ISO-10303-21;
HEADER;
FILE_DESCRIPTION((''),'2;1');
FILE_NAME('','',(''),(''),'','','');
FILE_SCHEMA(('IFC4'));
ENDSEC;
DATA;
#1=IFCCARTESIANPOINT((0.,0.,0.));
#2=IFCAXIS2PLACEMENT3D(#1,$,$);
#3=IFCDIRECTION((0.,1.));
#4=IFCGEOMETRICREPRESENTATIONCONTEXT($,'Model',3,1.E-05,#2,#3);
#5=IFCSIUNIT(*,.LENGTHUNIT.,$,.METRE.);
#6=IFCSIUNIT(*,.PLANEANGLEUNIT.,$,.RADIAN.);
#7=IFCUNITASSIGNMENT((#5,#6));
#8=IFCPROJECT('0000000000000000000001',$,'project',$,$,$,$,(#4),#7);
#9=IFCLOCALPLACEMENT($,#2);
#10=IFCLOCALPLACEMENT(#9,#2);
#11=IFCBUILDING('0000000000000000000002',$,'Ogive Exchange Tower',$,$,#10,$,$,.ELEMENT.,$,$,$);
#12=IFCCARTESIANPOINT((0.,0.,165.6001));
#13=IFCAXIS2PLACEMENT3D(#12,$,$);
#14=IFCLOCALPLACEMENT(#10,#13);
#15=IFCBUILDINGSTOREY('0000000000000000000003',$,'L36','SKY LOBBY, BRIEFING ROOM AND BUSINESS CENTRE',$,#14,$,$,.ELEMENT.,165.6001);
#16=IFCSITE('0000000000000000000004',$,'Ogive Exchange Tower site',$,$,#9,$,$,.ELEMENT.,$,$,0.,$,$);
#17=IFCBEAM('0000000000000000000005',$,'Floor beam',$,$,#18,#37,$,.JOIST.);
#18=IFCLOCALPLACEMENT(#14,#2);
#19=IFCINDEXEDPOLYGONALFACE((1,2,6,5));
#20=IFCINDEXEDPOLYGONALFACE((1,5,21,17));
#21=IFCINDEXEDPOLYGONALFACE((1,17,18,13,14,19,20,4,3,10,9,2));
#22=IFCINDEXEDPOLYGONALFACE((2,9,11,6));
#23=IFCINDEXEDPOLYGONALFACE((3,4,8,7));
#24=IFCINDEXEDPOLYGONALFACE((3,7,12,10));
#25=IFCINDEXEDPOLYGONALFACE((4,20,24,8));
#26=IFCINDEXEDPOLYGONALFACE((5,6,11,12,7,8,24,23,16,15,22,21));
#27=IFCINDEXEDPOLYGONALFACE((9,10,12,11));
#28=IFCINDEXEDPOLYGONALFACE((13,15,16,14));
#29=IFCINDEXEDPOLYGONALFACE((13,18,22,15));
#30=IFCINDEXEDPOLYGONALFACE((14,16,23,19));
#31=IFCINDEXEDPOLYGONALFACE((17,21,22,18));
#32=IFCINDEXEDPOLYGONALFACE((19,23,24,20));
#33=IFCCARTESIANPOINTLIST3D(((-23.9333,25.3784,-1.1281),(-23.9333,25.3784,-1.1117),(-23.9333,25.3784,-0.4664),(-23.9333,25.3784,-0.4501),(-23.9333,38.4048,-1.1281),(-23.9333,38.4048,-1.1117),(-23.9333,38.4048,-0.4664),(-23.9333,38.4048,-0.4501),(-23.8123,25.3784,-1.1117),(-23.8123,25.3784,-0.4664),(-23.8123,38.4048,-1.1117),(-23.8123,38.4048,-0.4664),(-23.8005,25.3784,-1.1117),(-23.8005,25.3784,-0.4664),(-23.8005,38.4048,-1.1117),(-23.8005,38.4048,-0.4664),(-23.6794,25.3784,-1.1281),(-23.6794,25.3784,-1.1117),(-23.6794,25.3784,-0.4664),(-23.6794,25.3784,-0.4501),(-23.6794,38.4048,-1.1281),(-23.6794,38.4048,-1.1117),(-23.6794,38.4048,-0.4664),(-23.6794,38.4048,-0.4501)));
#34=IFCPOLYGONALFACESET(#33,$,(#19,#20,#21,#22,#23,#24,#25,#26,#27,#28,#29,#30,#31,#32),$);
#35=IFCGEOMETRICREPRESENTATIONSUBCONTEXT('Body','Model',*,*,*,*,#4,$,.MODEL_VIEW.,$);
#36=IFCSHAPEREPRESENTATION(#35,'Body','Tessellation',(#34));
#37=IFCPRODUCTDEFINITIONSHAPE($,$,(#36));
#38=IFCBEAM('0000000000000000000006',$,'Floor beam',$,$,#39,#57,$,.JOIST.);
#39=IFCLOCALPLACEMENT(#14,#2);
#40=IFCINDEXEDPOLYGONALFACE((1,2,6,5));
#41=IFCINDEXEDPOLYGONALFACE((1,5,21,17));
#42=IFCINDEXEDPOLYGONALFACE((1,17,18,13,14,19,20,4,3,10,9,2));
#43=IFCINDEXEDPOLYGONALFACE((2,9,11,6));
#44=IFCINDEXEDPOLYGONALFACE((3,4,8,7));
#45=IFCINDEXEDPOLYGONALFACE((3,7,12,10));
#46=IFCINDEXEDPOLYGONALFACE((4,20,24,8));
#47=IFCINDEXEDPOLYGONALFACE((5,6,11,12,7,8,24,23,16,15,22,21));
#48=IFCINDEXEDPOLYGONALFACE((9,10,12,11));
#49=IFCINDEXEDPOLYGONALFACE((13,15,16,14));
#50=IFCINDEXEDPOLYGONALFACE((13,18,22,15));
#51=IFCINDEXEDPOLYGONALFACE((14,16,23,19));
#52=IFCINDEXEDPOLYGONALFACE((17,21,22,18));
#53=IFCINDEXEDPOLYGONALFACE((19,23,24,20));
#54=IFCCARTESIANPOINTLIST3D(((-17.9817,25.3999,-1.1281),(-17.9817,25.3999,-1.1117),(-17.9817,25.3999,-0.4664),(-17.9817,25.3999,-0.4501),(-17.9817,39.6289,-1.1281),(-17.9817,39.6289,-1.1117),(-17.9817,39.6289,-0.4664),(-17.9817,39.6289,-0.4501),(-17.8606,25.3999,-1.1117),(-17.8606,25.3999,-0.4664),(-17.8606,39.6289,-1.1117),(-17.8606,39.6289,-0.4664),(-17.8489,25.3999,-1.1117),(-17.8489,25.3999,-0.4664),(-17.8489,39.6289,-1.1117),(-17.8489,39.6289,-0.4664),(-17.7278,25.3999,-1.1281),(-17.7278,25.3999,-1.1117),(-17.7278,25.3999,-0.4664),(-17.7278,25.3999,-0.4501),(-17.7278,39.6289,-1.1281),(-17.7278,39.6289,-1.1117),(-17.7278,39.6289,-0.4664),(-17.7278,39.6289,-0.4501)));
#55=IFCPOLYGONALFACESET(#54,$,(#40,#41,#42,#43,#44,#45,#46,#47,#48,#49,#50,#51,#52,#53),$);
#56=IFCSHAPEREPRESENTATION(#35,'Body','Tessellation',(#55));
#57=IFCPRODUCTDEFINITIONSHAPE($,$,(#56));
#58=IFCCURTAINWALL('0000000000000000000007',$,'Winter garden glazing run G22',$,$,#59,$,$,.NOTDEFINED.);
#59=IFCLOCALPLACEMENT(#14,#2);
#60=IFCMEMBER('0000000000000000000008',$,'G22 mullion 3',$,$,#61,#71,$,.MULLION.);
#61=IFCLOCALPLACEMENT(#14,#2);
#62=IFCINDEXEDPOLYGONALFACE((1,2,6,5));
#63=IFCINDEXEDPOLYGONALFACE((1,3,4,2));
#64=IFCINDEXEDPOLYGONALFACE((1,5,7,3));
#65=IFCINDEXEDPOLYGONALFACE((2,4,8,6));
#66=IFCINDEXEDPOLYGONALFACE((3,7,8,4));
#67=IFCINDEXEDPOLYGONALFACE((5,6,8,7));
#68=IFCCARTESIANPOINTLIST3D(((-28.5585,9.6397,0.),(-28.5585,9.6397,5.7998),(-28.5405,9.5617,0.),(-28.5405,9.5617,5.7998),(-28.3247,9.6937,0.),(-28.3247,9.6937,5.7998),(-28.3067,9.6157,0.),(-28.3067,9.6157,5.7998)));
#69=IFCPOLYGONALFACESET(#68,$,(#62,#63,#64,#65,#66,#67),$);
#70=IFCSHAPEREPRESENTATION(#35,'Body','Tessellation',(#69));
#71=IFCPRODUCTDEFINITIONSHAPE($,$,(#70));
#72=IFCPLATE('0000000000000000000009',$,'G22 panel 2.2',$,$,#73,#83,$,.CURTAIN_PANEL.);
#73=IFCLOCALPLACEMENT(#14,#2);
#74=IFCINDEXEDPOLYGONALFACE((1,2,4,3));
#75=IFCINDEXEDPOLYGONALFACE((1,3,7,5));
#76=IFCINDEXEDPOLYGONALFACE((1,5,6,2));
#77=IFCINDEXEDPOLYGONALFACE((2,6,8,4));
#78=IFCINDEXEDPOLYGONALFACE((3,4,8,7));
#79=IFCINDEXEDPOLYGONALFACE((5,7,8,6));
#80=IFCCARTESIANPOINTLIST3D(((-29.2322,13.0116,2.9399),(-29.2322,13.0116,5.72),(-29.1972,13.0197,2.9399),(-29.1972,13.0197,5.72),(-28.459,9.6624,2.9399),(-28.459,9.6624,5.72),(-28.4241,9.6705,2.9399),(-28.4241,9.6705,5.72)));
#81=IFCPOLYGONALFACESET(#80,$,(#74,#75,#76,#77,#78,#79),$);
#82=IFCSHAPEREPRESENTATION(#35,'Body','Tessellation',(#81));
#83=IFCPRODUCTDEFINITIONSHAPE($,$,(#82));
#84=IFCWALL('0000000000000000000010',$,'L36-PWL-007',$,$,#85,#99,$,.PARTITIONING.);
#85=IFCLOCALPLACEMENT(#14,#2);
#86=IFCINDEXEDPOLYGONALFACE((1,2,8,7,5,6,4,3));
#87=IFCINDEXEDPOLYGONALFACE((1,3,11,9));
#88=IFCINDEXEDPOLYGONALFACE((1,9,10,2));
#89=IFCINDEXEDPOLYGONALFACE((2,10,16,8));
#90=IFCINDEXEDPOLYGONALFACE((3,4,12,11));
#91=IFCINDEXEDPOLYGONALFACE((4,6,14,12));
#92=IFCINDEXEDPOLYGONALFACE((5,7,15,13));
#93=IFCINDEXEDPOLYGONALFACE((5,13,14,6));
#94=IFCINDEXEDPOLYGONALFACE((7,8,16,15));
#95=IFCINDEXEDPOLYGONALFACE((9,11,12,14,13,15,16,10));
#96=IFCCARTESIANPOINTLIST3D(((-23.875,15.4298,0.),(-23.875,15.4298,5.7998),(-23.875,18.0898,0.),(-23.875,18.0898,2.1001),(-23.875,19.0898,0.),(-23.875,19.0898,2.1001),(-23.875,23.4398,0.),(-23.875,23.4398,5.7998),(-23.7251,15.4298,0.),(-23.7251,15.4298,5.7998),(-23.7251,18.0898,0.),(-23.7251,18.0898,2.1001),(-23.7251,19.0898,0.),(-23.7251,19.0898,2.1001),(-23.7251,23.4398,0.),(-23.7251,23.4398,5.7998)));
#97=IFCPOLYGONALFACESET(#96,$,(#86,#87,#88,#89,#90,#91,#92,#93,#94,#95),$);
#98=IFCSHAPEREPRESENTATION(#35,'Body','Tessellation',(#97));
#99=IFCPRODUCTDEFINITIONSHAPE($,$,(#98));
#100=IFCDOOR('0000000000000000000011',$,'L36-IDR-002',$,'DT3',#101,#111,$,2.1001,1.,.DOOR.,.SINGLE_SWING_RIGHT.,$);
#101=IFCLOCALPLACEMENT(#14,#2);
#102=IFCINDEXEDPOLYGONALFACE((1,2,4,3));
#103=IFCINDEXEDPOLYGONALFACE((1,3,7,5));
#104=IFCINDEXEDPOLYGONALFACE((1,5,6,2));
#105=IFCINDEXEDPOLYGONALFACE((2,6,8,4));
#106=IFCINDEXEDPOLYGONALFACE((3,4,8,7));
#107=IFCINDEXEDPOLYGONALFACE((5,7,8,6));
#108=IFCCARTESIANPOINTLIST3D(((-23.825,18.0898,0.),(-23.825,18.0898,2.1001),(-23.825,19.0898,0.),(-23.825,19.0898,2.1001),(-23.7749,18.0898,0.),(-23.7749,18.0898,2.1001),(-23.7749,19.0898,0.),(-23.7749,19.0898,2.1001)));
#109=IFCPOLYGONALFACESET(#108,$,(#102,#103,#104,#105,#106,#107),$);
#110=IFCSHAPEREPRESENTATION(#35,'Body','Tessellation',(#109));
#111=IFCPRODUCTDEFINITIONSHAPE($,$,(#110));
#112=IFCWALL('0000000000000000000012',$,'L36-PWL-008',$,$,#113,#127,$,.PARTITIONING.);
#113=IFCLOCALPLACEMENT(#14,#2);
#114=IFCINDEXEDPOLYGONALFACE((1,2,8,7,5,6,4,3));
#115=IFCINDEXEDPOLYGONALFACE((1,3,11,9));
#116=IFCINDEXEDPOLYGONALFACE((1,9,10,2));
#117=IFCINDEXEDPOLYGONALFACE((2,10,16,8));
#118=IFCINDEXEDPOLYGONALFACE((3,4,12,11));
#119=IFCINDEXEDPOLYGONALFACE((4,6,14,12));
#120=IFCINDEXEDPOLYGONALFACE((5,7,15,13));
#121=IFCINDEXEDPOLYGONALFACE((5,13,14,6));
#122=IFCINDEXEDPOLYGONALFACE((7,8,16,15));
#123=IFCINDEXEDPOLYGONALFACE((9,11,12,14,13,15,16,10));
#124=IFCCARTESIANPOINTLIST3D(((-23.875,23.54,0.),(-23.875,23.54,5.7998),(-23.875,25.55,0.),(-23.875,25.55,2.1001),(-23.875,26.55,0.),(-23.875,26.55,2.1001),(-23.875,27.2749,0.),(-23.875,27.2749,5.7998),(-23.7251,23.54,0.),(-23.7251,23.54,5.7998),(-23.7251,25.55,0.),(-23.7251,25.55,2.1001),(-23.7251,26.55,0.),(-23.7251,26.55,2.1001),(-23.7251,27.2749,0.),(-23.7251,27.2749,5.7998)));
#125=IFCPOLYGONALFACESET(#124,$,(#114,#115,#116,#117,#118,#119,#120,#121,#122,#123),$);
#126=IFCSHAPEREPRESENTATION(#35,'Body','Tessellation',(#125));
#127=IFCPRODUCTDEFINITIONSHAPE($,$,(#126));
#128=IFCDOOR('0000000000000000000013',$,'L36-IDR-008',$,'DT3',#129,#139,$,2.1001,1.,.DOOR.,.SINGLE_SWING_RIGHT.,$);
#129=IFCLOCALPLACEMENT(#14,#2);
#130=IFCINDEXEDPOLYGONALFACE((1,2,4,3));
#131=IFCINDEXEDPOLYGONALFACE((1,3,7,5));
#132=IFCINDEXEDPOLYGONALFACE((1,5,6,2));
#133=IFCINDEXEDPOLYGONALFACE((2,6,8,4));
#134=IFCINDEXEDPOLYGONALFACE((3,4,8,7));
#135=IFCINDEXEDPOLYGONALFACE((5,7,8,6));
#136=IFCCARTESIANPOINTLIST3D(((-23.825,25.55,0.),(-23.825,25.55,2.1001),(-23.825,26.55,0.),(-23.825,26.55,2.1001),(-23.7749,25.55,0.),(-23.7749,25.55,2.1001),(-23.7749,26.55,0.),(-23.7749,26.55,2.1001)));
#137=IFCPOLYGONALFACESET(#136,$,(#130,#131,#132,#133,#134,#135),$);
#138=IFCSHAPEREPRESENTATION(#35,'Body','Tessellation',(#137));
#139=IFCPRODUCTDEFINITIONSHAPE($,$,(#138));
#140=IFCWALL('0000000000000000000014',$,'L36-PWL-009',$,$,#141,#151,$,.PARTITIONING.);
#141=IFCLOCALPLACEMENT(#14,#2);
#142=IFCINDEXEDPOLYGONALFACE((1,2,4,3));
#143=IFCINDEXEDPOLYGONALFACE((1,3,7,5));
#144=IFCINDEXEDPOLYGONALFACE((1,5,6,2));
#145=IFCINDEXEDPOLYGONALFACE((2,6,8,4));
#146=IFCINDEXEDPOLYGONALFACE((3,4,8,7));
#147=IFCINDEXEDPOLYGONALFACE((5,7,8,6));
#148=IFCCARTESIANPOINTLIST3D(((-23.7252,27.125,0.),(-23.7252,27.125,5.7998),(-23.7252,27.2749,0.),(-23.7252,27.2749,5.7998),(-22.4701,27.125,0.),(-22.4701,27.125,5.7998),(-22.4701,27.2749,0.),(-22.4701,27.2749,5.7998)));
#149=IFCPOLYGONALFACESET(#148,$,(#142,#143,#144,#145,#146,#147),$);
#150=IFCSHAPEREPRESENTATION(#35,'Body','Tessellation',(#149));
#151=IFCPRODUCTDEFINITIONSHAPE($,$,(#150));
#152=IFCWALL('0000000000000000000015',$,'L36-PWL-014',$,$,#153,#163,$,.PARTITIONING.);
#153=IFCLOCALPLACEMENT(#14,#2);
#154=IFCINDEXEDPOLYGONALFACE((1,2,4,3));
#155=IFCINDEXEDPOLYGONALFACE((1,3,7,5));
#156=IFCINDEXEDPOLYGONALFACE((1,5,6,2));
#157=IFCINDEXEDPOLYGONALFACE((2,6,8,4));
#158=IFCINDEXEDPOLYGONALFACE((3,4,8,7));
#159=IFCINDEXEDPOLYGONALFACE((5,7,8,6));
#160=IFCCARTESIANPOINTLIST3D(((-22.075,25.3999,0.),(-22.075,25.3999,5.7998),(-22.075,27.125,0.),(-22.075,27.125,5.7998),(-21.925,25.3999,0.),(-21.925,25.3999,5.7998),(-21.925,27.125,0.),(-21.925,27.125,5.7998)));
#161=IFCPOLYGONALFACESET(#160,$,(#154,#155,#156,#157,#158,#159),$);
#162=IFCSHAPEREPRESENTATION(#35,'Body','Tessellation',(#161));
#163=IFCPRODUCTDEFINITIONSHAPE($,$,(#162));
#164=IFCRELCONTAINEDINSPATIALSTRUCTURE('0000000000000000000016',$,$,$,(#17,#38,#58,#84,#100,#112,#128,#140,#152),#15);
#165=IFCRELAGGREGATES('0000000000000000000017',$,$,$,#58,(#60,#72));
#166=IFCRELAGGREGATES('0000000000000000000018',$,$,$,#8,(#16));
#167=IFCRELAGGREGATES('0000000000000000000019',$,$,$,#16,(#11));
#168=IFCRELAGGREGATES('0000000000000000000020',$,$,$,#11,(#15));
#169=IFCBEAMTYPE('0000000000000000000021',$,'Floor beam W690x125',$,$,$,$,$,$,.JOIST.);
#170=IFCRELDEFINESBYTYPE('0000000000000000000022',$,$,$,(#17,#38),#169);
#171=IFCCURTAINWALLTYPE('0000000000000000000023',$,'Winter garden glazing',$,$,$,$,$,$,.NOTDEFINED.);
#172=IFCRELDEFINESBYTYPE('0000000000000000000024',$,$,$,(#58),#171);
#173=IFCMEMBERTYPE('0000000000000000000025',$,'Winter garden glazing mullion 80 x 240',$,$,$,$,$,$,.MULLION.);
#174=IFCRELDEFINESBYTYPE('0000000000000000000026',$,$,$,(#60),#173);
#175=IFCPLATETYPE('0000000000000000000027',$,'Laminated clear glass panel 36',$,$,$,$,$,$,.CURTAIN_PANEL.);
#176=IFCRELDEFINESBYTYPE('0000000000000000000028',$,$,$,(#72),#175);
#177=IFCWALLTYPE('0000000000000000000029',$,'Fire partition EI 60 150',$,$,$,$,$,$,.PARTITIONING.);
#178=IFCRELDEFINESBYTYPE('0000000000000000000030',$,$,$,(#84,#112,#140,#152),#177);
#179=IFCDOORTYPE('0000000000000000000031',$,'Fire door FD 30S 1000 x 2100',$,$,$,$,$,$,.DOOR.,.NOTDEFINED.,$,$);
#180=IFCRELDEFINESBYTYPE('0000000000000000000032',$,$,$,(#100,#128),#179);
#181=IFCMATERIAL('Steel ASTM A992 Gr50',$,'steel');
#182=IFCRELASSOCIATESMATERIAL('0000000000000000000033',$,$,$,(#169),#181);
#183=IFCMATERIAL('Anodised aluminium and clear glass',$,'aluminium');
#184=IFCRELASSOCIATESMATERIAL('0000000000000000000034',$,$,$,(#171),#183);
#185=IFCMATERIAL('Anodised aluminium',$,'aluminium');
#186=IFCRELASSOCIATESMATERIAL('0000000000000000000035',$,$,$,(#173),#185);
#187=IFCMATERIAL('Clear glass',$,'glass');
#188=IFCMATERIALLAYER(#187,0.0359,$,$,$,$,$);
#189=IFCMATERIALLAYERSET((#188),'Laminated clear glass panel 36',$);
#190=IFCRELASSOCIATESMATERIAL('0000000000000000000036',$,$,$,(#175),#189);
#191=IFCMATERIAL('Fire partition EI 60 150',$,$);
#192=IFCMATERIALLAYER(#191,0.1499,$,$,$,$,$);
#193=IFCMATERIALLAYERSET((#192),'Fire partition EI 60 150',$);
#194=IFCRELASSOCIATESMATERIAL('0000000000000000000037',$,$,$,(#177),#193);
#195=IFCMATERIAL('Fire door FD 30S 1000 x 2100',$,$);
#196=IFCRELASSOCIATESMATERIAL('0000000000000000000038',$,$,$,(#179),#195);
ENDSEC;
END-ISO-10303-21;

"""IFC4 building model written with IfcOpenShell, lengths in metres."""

from ifc_helpers import new_model, si_unit, direction, frame, frame_2d, origin, origin_2d, place, context, subcontext, project, spatial, rectangle, i_section, extrude, material, layer, layer_set, material_profile, profile_set, type_object, element, fill, aggregate, save


model = new_model("IFC4")

# Units and contexts
model_context = context("Model", 3, precision=1e-05, world=origin(), true_north=direction((0.0, 1.0)))
body_context = subcontext(model_context, "Body", "Model", "MODEL_VIEW")
ifc_project = project(units=[si_unit("LENGTHUNIT", "METRE"), si_unit("PLANEANGLEUNIT", "RADIAN")], contexts=[model_context])

# Site, building, storey
site_placement = place(None, origin())
site = spatial("IfcSite", under=ifc_project, at=site_placement, Name="Ogive Exchange Tower site", CompositionType="ELEMENT", RefElevation=0.0)
building_placement = place(site_placement, origin())
building = spatial("IfcBuilding", under=site, at=building_placement, Name="Ogive Exchange Tower", CompositionType="ELEMENT")
storey_placement = place(building_placement, frame((0.0, 0.0, 165.6001)))
storey = spatial("IfcBuildingStorey", under=building, at=storey_placement, Name="L36", Description="SKY LOBBY, BRIEFING ROOM AND BUSINESS CENTRE", CompositionType="ELEMENT", Elevation=165.6001)

# Beams
ifc_material_1 = material(Name="Steel ASTM A992 Gr50", Category="steel")
ifc_material_profile_1 = material_profile(ifc_material_1, i_section(OverallWidth=0.2539, OverallDepth=0.678, WebThickness=0.0117, FlangeThickness=0.0164, at=origin_2d()), Name="W690x125")
ifc_profile_set_1 = profile_set([ifc_material_profile_1], Name="Steel ASTM A992 Gr50")
beam_type = type_object("IfcBeamType", Name="Floor beam W690x125", PredefinedType="JOIST", material=ifc_profile_set_1)
beam_1_placement = place(storey_placement, frame((-23.8064, 25.3784, -0.7891), z_axis=(0.0, 1.0, 0.0), x_axis=(-1.0, 0.0, 0.0)))
element("IfcBeam", 1, at=beam_1_placement, inside=storey, type_object=beam_type, Name="Floor beam", PredefinedType="JOIST", context=body_context, shape_type="SweptSolid", body=[
    extrude(i_section(OverallWidth=0.2539, OverallDepth=0.678, WebThickness=0.0117, FlangeThickness=0.0164, at=origin_2d()), origin(), (0.0, 0.0, 1.0), 13.0264),
])
beam_2_placement = place(storey_placement, frame((-17.8547, 25.3999, -0.7891), z_axis=(0.0, 1.0, 0.0), x_axis=(-1.0, 0.0, 0.0)))
element("IfcBeam", 2, at=beam_2_placement, inside=storey, type_object=beam_type, Name="Floor beam", PredefinedType="JOIST", context=body_context, shape_type="SweptSolid", body=[
    extrude(i_section(OverallWidth=0.2539, OverallDepth=0.678, WebThickness=0.0117, FlangeThickness=0.0164, at=origin_2d()), origin(), (0.0, 0.0, 1.0), 14.229),
])

# Curtain wall, member, plate
ifc_material_2 = material(Name="Anodised aluminium and clear glass", Category="aluminium")
curtain_wall_type = type_object("IfcCurtainWallType", Name="Winter garden glazing", PredefinedType="NOTDEFINED", material=ifc_material_2)
curtain_wall_placement = place(storey_placement, origin())
curtain_wall = element("IfcCurtainWall", 3, at=curtain_wall_placement, inside=storey, type_object=curtain_wall_type, Name="Winter garden glazing run G22", PredefinedType="NOTDEFINED")
ifc_material_3 = material(Name="Anodised aluminium", Category="aluminium")
ifc_material_profile_2 = material_profile(ifc_material_3, rectangle(XDim=0.24, YDim=0.0801, at=origin_2d()), Name="AL 80x240")
ifc_profile_set_2 = profile_set([ifc_material_profile_2], Name="Anodised aluminium")
member_type = type_object("IfcMemberType", Name="Winter garden glazing mullion 80 x 240", PredefinedType="MULLION", material=ifc_profile_set_2)
member_placement = place(storey_placement, frame((-28.4326, 9.6277, 0.0), z_axis=(0.0, 0.0, 1.0), x_axis=(0.974372, 0.224941, 0.0)))
member = element("IfcMember", 4, at=member_placement, type_object=member_type, Name="G22 mullion 3", PredefinedType="MULLION", context=body_context, shape_type="SweptSolid", body=[
    extrude(rectangle(XDim=0.24, YDim=0.0801, at=origin_2d()), origin(), (0.0, 0.0, 1.0), 5.7998),
])
ifc_material_4 = material(Name="Clear glass", Category="glass")
ifc_layer_1 = layer(ifc_material_4, 0.0359)
ifc_layer_set_1 = layer_set([ifc_layer_1], Name="Laminated clear glass panel 36")
plate_type = type_object("IfcPlateType", Name="Laminated clear glass panel 36", PredefinedType="CURTAIN_PANEL", material=ifc_layer_set_1)
plate_placement = place(storey_placement, frame((-28.8281, 11.3411, 2.9399), z_axis=(0.0, 0.0, 1.0), x_axis=(0.224941, -0.974372, 0.0)))
plate = element("IfcPlate", 5, at=plate_placement, type_object=plate_type, Name="G22 panel 2.2", PredefinedType="CURTAIN_PANEL", context=body_context, shape_type="SweptSolid", body=[
    extrude(rectangle(XDim=3.4373, YDim=0.0359, at=origin_2d()), origin(), (0.0, 0.0, 1.0), 2.78),
])
aggregate(curtain_wall, [member, plate])

# Walls, openings, doors
ifc_material_5 = material(Name="Fire partition EI 60 150")
ifc_layer_2 = layer(ifc_material_5, 0.1499)
ifc_layer_set_2 = layer_set([ifc_layer_2], Name="Fire partition EI 60 150")
wall_type_1 = type_object("IfcWallType", Name="Fire partition EI 60 150", PredefinedType="PARTITIONING", material=ifc_layer_set_2)
wall_1_placement = place(storey_placement, frame((-23.8, 15.4299, 0.0), z_axis=(0.0, 0.0, 1.0), x_axis=(0.0, 1.0, 0.0)))
wall_1 = element("IfcWall", 6, at=wall_1_placement, inside=storey, type_object=wall_type_1, Name="L36-PWL-007", PredefinedType="PARTITIONING", context=body_context, shape_type="SweptSolid", body=[
    extrude(rectangle(XDim=8.01, YDim=0.1499, at=frame_2d((4.0049, 0.0))), origin(), (0.0, 0.0, 1.0), 5.7998),
])
opening_1_placement = place(wall_1_placement, frame((2.6599, 0.0, 0.0)))
opening_1 = element("IfcOpeningElement", 7, at=opening_1_placement, cuts=wall_1, PredefinedType="OPENING", context=body_context, shape_type="SweptSolid", body=[
    extrude(rectangle(XDim=1.0, YDim=2.1001, at=frame_2d((0.5, 1.05))), frame((0.0, 0.085, 0.0), z_axis=(0.0, -1.0, 0.0), x_axis=(1.0, 0.0, 0.0)), (0.0, 0.0, 1.0), 0.1699),
])
ifc_material_6 = material(Name="Fire door FD 30S 1000 x 2100")
door_type_1 = type_object("IfcDoorType", Name="Fire door FD 30S 1000 x 2100", OperationType="NOTDEFINED", PredefinedType="DOOR", material=ifc_material_6)
door_1_placement = place(opening_1_placement, origin())
door_1 = element("IfcDoor", 8, at=door_1_placement, inside=storey, type_object=door_type_1, Name="L36-IDR-002", ObjectType="DT3", OperationType="SINGLE_SWING_RIGHT", OverallHeight=2.1001, OverallWidth=1.0, PredefinedType="DOOR", context=body_context, shape_type="SweptSolid", body=[
    extrude(rectangle(XDim=1.0, YDim=2.1001, at=frame_2d((0.5, 1.05))), frame((0.0, 0.0249, 0.0), z_axis=(0.0, -1.0, 0.0), x_axis=(1.0, 0.0, 0.0)), (0.0, 0.0, 1.0), 0.05),
])
fill(opening_1, door_1)
wall_2_placement = place(storey_placement, frame((-23.8, 23.54, 0.0), z_axis=(0.0, 0.0, 1.0), x_axis=(0.0, 1.0, 0.0)))
wall_2 = element("IfcWall", 9, at=wall_2_placement, inside=storey, type_object=wall_type_1, Name="L36-PWL-008", PredefinedType="PARTITIONING", context=body_context, shape_type="SweptSolid", body=[
    extrude(rectangle(XDim=3.7349, YDim=0.1499, at=frame_2d((1.8674, 0.0))), origin(), (0.0, 0.0, 1.0), 5.7998),
])
opening_2_placement = place(wall_2_placement, frame((2.01, 0.0, 0.0)))
opening_2 = element("IfcOpeningElement", 10, at=opening_2_placement, cuts=wall_2, PredefinedType="OPENING", context=body_context, shape_type="SweptSolid", body=[
    extrude(rectangle(XDim=1.0, YDim=2.1001, at=frame_2d((0.5, 1.05))), frame((0.0, 0.085, 0.0), z_axis=(0.0, -1.0, 0.0), x_axis=(1.0, 0.0, 0.0)), (0.0, 0.0, 1.0), 0.1699),
])
door_2_placement = place(opening_2_placement, origin())
door_2 = element("IfcDoor", 11, at=door_2_placement, inside=storey, type_object=door_type_1, Name="L36-IDR-008", ObjectType="DT3", OperationType="SINGLE_SWING_RIGHT", OverallHeight=2.1001, OverallWidth=1.0, PredefinedType="DOOR", context=body_context, shape_type="SweptSolid", body=[
    extrude(rectangle(XDim=1.0, YDim=2.1001, at=frame_2d((0.5, 1.05))), frame((0.0, 0.0249, 0.0), z_axis=(0.0, -1.0, 0.0), x_axis=(1.0, 0.0, 0.0)), (0.0, 0.0, 1.0), 0.05),
])
fill(opening_2, door_2)

# Walls
wall_3_placement = place(storey_placement, frame((-23.7251, 27.2, 0.0), z_axis=(0.0, 0.0, 1.0), x_axis=(1.0, 0.0, 0.0)))
element("IfcWall", 12, at=wall_3_placement, inside=storey, type_object=wall_type_1, Name="L36-PWL-009", PredefinedType="PARTITIONING", context=body_context, shape_type="SweptSolid", body=[
    extrude(rectangle(XDim=1.2551, YDim=0.1499, at=frame_2d((0.6274, 0.0))), origin(), (0.0, 0.0, 1.0), 5.7998),
])
wall_4_placement = place(storey_placement, frame((-22.0, 27.125, 0.0), z_axis=(0.0, 0.0, 1.0), x_axis=(0.0, -1.0, 0.0)))
element("IfcWall", 13, at=wall_4_placement, inside=storey, type_object=wall_type_1, Name="L36-PWL-014", PredefinedType="PARTITIONING", context=body_context, shape_type="SweptSolid", body=[
    extrude(rectangle(XDim=1.7251, YDim=0.1499, at=frame_2d((0.8625, 0.0))), origin(), (0.0, 0.0, 1.0), 5.7998),
])

save(model, "model.ifc")
